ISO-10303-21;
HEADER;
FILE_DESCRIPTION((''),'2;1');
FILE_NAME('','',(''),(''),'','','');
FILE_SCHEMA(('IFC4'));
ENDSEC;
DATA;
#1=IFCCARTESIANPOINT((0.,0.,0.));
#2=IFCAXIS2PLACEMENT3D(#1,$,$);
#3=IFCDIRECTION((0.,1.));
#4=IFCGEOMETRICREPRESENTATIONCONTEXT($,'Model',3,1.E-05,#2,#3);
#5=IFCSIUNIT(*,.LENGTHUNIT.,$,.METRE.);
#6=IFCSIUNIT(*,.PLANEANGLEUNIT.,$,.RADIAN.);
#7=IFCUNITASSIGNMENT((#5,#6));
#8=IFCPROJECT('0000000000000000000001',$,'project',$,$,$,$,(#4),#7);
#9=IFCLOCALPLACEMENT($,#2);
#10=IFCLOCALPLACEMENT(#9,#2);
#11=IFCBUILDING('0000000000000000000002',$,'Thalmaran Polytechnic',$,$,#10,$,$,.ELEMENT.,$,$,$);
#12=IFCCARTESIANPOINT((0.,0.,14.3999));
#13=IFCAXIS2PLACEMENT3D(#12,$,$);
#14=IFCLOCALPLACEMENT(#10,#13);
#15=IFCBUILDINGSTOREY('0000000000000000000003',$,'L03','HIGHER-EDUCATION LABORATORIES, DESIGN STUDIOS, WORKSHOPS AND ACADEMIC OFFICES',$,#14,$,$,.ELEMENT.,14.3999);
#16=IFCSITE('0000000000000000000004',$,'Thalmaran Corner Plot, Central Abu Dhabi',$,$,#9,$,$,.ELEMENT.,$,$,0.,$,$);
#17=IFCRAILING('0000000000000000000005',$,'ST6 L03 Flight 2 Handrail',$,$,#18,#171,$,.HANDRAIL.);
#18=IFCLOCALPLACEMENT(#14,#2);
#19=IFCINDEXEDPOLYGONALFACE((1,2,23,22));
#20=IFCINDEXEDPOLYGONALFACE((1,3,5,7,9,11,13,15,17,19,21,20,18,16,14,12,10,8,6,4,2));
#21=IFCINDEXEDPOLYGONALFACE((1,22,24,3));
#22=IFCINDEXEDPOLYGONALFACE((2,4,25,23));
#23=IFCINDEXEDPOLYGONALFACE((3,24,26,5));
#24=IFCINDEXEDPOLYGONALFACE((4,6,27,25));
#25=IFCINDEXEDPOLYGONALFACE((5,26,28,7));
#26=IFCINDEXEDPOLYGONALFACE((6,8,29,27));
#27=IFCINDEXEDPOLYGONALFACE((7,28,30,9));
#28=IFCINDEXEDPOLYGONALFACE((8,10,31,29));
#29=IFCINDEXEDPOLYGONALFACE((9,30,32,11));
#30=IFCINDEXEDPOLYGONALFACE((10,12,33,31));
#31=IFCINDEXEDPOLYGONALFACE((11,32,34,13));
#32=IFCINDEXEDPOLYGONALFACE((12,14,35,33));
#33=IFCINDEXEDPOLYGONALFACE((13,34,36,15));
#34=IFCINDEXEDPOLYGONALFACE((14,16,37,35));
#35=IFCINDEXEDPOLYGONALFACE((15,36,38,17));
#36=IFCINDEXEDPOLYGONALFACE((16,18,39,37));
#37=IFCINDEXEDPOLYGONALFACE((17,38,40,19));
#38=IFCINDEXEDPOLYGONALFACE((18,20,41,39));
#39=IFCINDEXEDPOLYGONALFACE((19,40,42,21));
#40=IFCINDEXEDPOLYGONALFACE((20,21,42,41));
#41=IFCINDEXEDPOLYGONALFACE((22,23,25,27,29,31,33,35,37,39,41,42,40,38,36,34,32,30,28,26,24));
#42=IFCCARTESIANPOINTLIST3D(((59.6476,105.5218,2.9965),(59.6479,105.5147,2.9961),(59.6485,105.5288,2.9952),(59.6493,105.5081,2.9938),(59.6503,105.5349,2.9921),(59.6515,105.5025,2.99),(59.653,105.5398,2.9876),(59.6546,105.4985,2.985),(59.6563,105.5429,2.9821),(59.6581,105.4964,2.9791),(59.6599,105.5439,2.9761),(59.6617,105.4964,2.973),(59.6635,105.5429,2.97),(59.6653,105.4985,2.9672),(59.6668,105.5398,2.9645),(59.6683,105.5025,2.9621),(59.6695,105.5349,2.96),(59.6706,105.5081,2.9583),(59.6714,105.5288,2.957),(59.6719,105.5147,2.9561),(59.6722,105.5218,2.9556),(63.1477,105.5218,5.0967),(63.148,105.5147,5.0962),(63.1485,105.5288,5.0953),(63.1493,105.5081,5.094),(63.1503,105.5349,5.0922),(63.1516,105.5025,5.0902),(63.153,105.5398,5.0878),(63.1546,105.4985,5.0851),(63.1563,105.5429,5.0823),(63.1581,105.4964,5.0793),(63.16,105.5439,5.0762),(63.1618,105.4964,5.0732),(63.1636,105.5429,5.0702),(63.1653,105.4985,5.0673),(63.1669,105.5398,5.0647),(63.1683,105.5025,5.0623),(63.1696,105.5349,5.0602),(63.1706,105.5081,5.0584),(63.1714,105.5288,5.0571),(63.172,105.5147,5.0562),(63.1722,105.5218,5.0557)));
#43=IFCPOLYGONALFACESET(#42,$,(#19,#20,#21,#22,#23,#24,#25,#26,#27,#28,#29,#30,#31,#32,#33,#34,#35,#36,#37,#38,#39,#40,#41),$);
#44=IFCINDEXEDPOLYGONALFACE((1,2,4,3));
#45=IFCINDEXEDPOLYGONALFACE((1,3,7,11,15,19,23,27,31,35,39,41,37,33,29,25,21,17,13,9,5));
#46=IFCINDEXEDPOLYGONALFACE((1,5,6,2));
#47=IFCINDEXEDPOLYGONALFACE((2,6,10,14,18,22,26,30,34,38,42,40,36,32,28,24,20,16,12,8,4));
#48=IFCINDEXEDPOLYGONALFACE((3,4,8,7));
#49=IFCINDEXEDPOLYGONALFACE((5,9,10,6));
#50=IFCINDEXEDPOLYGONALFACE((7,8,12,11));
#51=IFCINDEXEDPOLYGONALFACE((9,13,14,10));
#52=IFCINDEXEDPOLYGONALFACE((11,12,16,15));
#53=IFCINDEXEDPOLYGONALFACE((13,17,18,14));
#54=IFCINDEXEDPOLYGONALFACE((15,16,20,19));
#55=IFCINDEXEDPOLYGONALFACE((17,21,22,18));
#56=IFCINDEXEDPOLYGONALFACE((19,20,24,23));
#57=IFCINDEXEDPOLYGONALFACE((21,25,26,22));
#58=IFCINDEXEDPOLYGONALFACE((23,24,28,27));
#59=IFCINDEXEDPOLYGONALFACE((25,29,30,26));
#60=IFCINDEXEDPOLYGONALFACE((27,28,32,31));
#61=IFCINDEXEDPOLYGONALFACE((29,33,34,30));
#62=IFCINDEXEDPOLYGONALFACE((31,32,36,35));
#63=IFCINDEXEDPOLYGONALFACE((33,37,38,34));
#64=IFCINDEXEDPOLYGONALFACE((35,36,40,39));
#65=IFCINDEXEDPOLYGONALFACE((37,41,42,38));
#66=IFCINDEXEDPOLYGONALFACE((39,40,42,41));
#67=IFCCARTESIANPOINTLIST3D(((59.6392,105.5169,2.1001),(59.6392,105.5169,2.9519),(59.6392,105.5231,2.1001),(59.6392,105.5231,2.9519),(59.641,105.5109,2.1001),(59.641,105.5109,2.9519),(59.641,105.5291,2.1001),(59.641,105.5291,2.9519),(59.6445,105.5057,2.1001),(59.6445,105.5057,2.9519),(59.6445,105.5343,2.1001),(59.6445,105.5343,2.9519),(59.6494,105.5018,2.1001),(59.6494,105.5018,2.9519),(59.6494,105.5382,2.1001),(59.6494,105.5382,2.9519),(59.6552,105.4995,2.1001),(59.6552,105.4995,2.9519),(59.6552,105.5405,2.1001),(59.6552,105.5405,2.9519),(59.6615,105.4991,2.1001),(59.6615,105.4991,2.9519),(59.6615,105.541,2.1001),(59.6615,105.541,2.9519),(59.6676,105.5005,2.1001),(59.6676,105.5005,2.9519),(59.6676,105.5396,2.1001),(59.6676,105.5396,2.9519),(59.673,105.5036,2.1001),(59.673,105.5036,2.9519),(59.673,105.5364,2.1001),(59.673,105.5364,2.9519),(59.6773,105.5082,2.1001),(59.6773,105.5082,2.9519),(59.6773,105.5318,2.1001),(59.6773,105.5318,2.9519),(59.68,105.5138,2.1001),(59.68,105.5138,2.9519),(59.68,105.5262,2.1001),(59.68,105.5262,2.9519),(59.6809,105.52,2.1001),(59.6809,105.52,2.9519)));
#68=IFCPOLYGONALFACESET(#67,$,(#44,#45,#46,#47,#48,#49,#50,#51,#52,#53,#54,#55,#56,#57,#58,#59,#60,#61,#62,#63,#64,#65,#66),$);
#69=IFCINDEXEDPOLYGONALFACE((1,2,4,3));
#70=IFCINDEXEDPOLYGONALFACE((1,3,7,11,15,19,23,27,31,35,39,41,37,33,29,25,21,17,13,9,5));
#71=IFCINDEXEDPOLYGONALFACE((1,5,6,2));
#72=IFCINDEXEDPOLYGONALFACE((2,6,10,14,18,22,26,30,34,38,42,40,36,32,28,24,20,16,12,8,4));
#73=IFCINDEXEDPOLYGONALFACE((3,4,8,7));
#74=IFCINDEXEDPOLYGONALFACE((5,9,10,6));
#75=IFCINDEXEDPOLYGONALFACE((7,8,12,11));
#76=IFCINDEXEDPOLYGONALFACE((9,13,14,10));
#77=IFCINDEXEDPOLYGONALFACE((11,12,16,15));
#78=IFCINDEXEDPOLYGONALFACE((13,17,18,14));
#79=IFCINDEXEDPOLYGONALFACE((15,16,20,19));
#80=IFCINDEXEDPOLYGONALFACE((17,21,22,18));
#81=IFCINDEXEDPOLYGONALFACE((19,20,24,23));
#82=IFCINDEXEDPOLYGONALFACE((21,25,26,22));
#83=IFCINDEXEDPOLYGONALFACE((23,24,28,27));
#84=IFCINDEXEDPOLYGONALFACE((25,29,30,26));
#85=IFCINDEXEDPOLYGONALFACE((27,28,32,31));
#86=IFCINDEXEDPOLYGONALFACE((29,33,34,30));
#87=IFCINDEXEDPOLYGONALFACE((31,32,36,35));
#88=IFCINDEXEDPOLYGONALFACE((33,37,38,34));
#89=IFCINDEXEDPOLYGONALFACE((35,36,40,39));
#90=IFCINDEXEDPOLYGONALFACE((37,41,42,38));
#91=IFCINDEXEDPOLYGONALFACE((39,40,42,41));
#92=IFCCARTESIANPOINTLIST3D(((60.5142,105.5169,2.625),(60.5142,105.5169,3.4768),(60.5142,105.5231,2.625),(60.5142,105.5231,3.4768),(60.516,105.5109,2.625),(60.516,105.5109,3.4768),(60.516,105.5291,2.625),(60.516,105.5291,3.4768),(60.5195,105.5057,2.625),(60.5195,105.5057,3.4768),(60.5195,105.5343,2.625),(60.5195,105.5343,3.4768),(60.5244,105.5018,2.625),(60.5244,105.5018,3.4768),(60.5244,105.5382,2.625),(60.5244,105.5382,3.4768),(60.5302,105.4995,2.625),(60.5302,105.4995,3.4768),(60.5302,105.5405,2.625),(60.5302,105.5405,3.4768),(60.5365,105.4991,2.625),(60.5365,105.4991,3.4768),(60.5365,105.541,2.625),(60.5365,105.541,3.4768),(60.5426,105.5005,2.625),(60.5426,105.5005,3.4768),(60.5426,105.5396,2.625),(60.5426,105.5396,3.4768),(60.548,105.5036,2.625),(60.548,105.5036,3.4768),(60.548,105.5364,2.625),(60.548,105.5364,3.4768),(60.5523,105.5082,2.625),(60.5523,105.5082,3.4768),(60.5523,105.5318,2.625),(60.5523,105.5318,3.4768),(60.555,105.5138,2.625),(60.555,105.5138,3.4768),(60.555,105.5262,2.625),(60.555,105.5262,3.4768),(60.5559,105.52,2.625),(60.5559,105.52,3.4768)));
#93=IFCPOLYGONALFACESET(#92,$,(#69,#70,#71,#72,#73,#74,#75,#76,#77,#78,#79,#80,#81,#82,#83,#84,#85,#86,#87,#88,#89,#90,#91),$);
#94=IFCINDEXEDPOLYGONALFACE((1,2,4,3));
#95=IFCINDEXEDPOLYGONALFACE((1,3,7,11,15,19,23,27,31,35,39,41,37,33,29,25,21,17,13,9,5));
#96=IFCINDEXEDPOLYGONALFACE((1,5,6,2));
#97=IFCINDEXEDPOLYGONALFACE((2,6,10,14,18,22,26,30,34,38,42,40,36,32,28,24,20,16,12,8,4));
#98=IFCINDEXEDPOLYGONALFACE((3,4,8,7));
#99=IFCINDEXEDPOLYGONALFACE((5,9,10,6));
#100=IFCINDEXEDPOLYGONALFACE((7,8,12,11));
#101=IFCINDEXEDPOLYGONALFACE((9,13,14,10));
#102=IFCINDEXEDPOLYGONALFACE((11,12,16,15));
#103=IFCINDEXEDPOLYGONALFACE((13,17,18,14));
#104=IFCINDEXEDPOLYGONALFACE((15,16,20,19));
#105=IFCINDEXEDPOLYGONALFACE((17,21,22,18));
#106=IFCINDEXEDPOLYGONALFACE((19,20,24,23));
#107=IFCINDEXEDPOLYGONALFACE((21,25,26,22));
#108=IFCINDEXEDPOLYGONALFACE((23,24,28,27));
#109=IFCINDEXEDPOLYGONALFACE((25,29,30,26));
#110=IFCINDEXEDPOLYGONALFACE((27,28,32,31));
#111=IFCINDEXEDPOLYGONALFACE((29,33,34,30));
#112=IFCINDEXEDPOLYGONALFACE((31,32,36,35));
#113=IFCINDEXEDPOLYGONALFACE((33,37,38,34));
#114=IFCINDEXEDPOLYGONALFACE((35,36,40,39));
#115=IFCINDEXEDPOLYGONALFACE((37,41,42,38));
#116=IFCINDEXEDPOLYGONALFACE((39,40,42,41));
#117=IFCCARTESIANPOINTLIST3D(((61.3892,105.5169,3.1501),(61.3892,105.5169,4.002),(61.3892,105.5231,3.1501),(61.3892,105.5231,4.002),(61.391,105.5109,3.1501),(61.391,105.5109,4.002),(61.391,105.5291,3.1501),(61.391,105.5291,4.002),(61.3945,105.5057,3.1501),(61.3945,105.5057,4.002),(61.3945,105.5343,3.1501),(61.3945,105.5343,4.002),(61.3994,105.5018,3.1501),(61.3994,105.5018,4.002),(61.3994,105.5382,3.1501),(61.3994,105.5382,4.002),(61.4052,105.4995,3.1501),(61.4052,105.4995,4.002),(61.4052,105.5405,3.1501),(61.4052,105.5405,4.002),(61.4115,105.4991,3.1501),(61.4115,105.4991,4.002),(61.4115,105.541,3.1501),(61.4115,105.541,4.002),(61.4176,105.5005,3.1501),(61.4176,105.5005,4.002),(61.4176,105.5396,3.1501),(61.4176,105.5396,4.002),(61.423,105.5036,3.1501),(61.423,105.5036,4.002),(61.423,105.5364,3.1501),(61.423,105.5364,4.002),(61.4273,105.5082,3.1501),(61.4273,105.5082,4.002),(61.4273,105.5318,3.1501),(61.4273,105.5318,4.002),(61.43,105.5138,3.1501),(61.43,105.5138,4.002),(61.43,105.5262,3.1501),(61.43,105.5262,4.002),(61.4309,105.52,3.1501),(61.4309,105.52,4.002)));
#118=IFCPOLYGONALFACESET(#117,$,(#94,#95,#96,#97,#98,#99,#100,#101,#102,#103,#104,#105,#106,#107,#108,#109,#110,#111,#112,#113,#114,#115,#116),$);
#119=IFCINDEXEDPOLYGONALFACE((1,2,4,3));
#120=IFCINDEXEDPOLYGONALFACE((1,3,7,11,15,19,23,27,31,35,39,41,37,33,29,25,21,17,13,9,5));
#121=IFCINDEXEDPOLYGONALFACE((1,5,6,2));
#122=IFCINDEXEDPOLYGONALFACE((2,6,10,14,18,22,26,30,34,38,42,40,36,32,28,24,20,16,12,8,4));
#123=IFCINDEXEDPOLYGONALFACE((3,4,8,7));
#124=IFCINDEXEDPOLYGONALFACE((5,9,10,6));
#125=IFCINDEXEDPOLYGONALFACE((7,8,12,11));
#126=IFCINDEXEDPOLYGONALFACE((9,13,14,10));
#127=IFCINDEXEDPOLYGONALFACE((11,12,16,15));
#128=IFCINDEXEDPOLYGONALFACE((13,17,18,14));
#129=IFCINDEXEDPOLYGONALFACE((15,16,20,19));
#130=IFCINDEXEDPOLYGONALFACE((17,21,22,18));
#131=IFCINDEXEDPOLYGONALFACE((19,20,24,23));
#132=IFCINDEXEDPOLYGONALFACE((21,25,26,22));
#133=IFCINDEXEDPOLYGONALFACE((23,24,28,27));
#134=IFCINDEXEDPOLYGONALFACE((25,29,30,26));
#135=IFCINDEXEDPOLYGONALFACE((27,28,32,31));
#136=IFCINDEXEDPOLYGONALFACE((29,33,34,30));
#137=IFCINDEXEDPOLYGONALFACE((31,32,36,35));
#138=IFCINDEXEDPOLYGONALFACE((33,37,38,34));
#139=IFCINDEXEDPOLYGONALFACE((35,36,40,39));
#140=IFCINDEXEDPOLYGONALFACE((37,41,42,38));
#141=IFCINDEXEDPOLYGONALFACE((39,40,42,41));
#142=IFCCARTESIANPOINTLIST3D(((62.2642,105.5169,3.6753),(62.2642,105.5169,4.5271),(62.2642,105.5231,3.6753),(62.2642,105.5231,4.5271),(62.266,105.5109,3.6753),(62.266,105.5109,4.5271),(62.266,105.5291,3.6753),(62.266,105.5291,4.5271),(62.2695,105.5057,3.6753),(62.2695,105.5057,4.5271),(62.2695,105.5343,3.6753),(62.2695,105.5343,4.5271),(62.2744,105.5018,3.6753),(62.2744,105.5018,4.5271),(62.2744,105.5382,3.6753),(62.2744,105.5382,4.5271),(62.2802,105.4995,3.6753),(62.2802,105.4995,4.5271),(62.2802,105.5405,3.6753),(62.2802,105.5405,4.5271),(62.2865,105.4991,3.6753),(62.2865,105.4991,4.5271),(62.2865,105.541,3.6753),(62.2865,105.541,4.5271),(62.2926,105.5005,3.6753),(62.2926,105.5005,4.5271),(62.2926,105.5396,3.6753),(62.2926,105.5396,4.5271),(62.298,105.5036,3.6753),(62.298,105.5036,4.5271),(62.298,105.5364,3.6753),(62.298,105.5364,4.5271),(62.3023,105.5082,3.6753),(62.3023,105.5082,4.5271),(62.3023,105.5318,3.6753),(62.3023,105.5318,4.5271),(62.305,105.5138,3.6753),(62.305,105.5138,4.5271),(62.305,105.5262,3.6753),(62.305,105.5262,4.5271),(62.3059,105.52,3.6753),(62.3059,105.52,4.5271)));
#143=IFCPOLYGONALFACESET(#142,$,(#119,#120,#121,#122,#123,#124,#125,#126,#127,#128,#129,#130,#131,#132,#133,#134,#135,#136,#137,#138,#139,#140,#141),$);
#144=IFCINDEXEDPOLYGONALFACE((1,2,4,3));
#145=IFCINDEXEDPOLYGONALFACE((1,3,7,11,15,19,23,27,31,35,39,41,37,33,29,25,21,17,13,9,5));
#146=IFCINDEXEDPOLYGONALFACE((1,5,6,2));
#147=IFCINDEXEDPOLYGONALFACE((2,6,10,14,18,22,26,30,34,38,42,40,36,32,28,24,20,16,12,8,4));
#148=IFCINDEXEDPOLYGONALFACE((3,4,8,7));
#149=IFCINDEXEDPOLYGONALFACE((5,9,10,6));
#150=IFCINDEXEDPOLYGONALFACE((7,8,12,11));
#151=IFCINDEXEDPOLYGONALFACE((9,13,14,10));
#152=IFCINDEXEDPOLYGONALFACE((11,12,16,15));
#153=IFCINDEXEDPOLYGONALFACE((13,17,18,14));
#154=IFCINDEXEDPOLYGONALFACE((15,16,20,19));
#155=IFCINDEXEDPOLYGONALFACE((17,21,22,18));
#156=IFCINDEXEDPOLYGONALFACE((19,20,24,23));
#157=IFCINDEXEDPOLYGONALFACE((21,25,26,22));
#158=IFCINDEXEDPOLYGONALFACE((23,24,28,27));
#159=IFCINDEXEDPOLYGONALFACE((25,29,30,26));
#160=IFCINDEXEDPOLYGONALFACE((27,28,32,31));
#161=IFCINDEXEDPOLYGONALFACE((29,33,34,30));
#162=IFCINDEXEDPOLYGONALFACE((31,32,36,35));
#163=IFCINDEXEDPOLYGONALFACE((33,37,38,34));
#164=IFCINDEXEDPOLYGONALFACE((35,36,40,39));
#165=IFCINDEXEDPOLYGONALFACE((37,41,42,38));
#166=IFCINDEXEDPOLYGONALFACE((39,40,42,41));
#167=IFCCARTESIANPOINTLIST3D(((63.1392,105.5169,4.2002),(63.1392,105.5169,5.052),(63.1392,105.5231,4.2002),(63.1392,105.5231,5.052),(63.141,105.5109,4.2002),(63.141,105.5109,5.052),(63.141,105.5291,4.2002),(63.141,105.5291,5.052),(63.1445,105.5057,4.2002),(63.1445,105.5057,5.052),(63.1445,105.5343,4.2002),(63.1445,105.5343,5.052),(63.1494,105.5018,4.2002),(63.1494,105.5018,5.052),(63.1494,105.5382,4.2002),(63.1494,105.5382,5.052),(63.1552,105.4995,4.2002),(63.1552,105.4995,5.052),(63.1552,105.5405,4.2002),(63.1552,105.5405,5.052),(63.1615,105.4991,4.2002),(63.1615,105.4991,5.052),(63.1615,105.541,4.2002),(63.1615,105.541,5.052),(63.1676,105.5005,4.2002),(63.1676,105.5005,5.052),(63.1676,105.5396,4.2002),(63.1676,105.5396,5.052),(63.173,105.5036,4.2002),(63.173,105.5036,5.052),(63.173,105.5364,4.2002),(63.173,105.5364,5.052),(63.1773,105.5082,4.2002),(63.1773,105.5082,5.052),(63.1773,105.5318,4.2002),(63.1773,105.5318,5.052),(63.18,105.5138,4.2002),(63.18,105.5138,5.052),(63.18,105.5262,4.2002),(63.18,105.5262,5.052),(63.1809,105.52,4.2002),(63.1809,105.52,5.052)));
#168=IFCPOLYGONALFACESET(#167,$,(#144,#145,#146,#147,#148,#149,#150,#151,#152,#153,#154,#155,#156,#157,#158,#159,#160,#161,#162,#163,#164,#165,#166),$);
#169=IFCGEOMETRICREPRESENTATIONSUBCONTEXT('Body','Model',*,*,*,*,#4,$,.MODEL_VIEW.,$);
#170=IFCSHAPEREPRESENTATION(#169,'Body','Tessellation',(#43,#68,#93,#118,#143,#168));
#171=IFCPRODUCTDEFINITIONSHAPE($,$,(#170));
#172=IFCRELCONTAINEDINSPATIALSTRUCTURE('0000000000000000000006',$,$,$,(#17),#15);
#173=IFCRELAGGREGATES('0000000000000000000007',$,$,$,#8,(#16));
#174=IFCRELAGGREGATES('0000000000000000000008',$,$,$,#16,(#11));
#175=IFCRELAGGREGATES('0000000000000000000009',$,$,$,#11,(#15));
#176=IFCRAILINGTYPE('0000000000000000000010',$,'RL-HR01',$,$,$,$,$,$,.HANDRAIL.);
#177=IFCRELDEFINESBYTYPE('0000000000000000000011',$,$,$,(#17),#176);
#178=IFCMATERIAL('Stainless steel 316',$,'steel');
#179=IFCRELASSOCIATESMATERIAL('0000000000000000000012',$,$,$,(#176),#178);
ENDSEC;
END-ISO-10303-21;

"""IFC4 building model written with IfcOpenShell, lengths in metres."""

from ifc_helpers import new_model, si_unit, direction, frame, origin, origin_2d, place, context, subcontext, project, spatial, circle, extrude, material, type_object, element, save


model = new_model("IFC4")

# Units and contexts
model_context = context("Model", 3, precision=1e-05, world=origin(), true_north=direction((0.0, 1.0)))
body_context = subcontext(model_context, "Body", "Model", "MODEL_VIEW")
ifc_project = project(units=[si_unit("LENGTHUNIT", "METRE"), si_unit("PLANEANGLEUNIT", "RADIAN")], contexts=[model_context])

# Site, building, storey
site_placement = place(None, origin())
site = spatial("IfcSite", under=ifc_project, at=site_placement, Name="Thalmaran Corner Plot, Central Abu Dhabi", CompositionType="ELEMENT", RefElevation=0.0)
building_placement = place(site_placement, origin())
building = spatial("IfcBuilding", under=site, at=building_placement, Name="Thalmaran Polytechnic", CompositionType="ELEMENT")
storey_placement = place(building_placement, frame((0.0, 0.0, 14.3999)))
storey = spatial("IfcBuildingStorey", under=building, at=storey_placement, Name="L03", Description="HIGHER-EDUCATION LABORATORIES, DESIGN STUDIOS, WORKSHOPS AND ACADEMIC OFFICES", CompositionType="ELEMENT", Elevation=14.3999)

# Railing
ifc_material_1 = material(Name="Stainless steel 316", Category="steel")
railing_type_1 = type_object("IfcRailingType", Name="RL-HR01", PredefinedType="HANDRAIL", material=ifc_material_1)
railing_1_placement = place(storey_placement, frame((59.6599, 105.52, 2.1001)))
element("IfcRailing", 1, at=railing_1_placement, inside=storey, type_object=railing_type_1, Name="ST6 L03 Flight 2 Handrail", PredefinedType="HANDRAIL", context=body_context, shape_type="SweptSolid", body=[
    extrude(circle(Radius=0.0239, at=origin_2d()), frame((0.0, 0.0, 0.876), z_axis=(0.857482, 0.0, 0.514513), x_axis=(0.0, 1.0, 0.0)), (0.0, 0.0, 1.0), 4.0818),
    extrude(circle(Radius=0.021, at=origin_2d()), origin(), (0.0, 0.0, 1.0), 0.8518),
    extrude(circle(Radius=0.021, at=origin_2d()), frame((0.875, 0.0, 0.5249)), (0.0, 0.0, 1.0), 0.8518),
    extrude(circle(Radius=0.021, at=origin_2d()), frame((1.75, 0.0, 1.05)), (0.0, 0.0, 1.0), 0.8518),
    extrude(circle(Radius=0.021, at=origin_2d()), frame((2.625, 0.0, 1.5752)), (0.0, 0.0, 1.0), 0.8518),
    extrude(circle(Radius=0.021, at=origin_2d()), frame((3.5, 0.0, 2.1001)), (0.0, 0.0, 1.0), 0.8518),
])

save(model, "model.ifc")
